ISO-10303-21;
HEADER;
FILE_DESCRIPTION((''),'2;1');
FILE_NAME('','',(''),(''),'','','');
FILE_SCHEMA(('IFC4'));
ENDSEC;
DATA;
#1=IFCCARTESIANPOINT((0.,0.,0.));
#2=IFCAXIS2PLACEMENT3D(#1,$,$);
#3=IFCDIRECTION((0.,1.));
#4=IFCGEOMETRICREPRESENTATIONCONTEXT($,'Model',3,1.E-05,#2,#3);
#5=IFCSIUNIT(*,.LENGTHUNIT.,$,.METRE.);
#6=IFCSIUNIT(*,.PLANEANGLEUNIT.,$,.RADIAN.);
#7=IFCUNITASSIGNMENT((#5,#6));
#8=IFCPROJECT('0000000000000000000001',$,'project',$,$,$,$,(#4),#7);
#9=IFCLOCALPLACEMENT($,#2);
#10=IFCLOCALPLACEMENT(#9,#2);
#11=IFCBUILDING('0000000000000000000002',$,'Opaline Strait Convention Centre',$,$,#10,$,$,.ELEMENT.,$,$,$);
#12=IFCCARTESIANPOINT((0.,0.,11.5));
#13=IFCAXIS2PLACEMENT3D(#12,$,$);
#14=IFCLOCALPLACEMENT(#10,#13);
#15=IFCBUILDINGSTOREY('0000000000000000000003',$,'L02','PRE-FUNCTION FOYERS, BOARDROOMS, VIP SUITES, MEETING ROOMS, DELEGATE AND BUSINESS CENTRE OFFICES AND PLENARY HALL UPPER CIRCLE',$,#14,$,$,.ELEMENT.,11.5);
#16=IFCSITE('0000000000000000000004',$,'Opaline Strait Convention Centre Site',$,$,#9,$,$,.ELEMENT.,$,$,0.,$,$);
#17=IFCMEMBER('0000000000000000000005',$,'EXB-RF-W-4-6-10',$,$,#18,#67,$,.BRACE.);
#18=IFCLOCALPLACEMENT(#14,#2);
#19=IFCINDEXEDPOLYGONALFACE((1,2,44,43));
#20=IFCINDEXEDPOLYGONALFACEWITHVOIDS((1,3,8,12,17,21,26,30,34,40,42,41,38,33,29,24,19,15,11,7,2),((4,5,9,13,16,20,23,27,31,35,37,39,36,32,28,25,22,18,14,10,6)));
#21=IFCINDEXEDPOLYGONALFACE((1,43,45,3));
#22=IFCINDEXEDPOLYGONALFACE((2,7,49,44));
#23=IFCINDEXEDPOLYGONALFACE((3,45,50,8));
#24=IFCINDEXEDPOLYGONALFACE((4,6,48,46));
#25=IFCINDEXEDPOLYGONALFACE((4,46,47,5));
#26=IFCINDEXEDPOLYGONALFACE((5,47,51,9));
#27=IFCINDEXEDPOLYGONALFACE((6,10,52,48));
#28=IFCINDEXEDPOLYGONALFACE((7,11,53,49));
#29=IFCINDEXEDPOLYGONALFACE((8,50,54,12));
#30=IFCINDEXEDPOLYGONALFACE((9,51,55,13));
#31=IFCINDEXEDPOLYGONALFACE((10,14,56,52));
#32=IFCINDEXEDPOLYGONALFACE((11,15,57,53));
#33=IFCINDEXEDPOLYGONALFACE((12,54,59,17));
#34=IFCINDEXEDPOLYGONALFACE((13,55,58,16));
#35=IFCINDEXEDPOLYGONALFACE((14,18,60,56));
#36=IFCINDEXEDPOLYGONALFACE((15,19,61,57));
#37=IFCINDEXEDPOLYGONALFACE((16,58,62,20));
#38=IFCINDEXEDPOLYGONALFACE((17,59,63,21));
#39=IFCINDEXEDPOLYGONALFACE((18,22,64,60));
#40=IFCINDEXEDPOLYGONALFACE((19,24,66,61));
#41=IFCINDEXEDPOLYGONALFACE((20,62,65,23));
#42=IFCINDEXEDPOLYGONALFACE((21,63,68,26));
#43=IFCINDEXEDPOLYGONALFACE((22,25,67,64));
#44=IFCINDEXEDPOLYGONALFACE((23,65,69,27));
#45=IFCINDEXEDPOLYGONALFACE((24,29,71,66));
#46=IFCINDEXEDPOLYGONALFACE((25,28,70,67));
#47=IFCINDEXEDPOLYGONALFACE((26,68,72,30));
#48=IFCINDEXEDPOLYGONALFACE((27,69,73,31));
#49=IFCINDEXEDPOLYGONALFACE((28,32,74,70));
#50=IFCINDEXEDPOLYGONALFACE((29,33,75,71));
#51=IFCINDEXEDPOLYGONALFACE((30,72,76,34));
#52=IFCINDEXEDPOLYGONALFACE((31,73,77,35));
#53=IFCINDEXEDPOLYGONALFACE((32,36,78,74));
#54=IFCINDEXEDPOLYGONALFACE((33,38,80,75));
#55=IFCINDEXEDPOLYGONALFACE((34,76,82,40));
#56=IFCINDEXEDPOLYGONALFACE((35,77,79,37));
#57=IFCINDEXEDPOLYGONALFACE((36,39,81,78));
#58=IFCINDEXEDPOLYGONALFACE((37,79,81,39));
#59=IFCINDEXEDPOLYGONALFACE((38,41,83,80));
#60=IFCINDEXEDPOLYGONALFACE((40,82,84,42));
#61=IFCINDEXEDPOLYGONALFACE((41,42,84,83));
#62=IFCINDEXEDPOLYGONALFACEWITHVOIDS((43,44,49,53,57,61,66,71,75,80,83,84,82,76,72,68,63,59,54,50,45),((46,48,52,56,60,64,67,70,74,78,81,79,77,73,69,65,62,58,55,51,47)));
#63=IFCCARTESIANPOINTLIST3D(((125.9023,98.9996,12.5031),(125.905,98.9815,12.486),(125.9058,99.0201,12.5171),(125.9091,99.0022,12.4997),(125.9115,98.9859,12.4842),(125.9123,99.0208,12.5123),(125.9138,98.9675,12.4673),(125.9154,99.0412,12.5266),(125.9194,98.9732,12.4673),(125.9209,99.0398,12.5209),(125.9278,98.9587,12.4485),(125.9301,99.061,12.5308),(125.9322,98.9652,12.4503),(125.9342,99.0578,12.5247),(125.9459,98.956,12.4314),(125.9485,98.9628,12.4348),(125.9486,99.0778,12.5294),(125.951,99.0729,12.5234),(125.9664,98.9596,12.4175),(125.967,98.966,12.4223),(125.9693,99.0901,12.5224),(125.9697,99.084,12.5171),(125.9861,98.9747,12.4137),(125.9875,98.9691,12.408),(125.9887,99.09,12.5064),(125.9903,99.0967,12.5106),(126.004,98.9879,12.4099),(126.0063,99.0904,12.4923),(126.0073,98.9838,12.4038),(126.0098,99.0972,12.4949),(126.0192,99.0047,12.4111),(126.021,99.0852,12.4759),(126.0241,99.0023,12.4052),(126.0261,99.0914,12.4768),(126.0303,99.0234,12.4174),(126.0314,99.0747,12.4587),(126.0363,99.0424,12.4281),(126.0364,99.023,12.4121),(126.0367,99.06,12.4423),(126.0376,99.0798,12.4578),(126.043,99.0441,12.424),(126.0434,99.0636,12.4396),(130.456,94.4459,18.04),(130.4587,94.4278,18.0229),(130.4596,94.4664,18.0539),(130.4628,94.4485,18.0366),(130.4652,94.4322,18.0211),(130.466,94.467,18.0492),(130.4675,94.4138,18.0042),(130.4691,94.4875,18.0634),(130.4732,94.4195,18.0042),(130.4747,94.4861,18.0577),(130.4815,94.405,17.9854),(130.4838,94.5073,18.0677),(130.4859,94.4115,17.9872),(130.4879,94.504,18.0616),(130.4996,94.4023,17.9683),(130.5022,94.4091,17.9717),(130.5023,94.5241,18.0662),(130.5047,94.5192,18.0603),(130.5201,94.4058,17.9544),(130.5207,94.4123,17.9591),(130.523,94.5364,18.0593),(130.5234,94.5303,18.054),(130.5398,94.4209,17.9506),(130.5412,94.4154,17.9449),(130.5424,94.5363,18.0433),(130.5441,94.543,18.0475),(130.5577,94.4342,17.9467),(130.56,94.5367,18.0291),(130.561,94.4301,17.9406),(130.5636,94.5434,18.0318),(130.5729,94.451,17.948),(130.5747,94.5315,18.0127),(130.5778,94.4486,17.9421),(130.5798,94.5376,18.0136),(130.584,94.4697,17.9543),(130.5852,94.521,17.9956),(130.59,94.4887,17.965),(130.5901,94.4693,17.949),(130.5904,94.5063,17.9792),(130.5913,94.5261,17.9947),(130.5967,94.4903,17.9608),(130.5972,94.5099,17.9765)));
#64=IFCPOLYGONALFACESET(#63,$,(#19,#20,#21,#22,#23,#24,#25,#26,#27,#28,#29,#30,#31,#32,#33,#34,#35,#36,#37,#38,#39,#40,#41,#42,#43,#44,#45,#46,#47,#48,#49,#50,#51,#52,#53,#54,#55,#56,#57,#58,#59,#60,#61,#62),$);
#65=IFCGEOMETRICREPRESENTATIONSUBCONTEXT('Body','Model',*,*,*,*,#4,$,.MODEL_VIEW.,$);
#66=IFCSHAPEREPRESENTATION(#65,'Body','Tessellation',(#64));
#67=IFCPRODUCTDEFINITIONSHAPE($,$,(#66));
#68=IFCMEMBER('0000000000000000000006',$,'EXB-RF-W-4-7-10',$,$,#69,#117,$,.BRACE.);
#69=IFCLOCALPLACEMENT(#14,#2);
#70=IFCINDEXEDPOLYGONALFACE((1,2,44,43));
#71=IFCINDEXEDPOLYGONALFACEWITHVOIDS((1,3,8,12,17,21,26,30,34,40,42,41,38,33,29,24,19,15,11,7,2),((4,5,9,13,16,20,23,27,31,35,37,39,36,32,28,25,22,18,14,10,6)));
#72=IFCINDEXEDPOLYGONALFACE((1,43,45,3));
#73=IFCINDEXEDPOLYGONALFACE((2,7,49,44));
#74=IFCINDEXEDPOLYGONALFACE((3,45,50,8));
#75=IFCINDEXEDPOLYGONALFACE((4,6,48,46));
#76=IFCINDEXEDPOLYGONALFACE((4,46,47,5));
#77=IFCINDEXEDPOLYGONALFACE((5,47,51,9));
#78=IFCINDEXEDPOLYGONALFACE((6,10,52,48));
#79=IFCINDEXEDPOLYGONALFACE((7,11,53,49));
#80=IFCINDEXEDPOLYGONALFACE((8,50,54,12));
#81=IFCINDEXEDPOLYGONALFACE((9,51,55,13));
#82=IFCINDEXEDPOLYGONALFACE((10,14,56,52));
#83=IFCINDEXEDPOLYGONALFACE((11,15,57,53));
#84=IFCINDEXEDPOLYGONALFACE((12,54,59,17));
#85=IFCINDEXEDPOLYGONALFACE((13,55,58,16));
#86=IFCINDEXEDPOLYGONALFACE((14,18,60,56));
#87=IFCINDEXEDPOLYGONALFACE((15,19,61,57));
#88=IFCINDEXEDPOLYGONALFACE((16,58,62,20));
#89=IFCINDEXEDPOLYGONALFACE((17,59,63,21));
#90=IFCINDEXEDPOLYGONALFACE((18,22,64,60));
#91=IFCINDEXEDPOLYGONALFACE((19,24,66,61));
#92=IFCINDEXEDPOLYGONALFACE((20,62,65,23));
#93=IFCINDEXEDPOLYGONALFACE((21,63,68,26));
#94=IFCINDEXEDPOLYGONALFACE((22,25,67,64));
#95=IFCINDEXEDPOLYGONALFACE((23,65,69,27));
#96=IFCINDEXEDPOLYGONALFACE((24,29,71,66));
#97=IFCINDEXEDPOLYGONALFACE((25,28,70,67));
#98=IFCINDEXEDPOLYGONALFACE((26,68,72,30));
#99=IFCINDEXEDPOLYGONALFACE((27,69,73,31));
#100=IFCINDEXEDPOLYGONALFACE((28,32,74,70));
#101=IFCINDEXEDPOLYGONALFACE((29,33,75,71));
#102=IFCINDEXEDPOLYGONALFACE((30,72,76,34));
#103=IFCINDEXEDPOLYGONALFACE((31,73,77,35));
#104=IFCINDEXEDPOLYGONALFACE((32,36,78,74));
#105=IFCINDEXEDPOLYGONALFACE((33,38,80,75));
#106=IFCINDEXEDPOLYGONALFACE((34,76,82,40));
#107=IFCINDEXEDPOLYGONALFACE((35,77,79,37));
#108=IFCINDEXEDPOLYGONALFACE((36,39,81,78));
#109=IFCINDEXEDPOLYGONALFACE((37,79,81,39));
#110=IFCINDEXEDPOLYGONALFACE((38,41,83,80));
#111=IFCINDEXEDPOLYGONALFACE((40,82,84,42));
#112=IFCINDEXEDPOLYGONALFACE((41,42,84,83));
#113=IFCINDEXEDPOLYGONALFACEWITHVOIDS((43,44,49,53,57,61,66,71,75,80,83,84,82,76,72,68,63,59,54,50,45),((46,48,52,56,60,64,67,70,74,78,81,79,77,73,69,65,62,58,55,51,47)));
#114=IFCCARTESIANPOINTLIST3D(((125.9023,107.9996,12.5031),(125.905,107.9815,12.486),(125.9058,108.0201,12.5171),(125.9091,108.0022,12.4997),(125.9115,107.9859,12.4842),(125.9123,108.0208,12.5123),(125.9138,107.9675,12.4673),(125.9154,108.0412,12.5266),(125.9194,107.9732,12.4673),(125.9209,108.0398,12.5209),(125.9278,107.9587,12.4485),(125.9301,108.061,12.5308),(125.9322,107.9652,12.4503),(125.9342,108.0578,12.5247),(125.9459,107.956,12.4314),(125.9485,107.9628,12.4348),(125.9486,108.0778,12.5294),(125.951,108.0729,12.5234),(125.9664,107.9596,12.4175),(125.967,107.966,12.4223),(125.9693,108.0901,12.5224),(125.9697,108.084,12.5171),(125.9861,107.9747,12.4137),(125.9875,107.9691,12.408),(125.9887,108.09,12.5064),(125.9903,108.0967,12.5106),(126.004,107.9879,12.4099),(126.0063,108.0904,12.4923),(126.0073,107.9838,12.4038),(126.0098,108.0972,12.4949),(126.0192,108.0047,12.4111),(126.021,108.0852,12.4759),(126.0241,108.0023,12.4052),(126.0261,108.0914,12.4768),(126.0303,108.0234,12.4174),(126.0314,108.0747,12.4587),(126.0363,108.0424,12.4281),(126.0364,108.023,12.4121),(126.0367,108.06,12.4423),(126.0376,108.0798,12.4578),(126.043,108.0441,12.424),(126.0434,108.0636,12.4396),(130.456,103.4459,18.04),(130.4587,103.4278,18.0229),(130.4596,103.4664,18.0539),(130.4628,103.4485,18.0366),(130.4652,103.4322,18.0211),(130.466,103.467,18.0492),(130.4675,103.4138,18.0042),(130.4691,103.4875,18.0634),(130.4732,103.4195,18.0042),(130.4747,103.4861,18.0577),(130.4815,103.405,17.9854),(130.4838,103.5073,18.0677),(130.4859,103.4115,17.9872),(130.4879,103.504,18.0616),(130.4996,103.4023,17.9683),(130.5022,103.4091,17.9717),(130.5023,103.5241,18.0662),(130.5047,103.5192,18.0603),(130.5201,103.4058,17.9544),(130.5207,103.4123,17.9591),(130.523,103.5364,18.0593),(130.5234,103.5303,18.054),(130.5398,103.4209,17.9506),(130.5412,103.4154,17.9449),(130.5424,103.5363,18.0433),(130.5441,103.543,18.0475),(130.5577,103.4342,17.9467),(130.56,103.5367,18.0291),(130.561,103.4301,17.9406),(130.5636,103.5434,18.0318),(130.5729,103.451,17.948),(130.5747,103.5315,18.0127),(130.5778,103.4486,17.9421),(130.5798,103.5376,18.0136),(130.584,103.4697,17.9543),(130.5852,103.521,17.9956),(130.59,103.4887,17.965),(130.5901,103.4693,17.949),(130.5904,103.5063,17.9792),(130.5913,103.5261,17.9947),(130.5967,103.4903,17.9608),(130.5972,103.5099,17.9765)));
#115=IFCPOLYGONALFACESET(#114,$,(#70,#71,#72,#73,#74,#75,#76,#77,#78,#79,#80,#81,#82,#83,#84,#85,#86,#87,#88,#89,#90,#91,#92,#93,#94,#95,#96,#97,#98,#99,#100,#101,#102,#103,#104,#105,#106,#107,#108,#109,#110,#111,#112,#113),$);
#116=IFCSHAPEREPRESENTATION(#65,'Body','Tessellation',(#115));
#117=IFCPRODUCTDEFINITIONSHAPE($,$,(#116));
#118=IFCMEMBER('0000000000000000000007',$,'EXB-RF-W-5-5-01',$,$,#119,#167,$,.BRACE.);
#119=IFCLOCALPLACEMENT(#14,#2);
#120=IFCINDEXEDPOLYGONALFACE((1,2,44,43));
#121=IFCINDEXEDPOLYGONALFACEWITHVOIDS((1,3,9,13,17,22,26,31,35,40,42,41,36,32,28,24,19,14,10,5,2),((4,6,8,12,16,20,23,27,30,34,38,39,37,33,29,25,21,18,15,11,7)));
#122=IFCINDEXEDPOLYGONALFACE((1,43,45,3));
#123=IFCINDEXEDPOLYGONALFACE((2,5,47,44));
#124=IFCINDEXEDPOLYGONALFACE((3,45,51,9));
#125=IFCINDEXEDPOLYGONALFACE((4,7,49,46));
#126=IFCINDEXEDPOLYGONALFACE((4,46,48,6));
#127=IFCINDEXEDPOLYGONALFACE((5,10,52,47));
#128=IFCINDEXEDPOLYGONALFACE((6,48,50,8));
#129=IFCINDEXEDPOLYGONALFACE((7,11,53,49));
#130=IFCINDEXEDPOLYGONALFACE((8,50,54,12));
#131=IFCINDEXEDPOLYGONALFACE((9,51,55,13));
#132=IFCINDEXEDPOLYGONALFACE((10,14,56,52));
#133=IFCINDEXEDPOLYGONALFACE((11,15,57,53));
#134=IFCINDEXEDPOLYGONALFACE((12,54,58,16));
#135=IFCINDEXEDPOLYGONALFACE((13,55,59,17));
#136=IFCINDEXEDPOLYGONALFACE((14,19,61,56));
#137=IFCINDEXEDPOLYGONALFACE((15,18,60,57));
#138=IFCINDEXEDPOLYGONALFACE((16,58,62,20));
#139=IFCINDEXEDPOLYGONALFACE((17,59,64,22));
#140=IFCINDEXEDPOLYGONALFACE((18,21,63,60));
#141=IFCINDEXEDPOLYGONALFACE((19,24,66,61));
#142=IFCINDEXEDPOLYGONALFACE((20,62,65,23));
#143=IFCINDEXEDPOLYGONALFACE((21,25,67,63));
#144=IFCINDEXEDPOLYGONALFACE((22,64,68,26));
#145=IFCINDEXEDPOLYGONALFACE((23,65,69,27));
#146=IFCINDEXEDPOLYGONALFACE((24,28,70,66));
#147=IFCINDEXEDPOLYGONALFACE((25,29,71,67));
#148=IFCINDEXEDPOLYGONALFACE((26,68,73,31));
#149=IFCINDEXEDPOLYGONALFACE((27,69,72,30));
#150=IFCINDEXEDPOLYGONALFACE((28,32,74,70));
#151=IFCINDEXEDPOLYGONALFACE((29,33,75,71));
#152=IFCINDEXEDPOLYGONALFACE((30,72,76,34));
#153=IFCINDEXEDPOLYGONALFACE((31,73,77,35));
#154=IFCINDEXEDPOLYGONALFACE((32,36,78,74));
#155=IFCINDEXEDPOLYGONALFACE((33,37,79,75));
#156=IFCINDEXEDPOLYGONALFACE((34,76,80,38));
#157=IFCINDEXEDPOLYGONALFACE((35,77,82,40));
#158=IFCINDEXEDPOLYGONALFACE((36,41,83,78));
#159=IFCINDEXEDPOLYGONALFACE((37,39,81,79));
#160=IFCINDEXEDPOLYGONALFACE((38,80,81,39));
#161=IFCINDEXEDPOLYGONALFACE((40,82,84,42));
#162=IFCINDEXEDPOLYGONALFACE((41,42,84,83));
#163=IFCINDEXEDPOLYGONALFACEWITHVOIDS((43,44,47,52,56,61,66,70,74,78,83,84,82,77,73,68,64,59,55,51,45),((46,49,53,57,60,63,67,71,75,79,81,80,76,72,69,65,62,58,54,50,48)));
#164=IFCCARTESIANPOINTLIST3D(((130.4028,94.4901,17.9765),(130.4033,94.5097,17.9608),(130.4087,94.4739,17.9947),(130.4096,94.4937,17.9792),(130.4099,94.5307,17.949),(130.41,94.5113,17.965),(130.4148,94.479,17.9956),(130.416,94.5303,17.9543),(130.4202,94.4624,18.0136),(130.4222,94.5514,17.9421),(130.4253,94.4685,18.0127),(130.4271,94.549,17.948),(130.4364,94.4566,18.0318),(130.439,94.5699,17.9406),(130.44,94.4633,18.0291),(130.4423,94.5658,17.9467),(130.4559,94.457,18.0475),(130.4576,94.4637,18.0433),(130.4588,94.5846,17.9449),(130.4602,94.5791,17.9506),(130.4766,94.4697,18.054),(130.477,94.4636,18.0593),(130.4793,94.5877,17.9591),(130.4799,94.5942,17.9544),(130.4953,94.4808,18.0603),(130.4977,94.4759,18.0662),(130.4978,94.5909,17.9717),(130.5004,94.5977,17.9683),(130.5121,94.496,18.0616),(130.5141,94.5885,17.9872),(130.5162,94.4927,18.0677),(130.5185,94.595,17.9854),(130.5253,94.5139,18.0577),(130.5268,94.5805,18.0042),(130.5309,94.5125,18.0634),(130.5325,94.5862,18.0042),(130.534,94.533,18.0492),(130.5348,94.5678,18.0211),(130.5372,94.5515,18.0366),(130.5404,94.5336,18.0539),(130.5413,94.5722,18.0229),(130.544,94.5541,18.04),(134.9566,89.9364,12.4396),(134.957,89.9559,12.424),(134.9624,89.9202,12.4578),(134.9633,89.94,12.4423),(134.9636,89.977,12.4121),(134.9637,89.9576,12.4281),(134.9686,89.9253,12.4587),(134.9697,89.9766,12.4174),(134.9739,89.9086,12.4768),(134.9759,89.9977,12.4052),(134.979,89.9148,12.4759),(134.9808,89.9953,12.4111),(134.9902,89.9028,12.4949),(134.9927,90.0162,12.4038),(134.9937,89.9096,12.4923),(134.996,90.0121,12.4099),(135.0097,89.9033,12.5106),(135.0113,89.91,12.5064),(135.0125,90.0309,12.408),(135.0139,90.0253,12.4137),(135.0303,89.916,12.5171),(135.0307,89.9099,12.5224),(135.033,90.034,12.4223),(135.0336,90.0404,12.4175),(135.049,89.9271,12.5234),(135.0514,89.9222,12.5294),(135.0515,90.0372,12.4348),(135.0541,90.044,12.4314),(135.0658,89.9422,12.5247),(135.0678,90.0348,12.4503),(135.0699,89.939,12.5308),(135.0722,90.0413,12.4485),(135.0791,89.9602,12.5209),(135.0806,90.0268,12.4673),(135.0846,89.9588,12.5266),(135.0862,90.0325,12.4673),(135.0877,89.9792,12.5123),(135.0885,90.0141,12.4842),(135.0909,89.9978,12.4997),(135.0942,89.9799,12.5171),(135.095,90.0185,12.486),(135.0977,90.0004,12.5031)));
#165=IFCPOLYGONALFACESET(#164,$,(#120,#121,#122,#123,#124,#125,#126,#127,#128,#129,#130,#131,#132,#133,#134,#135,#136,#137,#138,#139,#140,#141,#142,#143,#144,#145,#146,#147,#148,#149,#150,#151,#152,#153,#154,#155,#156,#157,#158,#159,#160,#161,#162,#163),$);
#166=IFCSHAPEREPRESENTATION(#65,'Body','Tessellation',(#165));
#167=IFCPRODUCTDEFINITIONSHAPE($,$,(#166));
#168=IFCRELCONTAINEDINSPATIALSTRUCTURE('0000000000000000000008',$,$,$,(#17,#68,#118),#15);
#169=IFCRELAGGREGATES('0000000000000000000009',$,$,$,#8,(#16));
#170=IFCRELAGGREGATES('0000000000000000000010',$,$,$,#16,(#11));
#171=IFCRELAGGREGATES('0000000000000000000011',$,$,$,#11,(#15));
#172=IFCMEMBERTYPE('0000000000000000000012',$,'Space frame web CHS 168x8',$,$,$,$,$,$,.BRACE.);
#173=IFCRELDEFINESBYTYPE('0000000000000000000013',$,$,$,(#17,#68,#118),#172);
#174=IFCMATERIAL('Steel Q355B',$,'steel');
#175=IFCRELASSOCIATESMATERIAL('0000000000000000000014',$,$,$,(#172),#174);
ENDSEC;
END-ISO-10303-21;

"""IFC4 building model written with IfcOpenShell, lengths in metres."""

from ifc_helpers import new_model, si_unit, direction, frame, origin, origin_2d, place, context, subcontext, project, spatial, hollow_circle, extrude, material, material_profile, profile_set, type_object, element, save


model = new_model("IFC4")

# Units and contexts
model_context = context("Model", 3, precision=1e-05, world=origin(), true_north=direction((0.0, 1.0)))
body_context = subcontext(model_context, "Body", "Model", "MODEL_VIEW")
ifc_project = project(units=[si_unit("LENGTHUNIT", "METRE"), si_unit("PLANEANGLEUNIT", "RADIAN")], contexts=[model_context])

# Site, building, storey
site_placement = place(None, origin())
site = spatial("IfcSite", under=ifc_project, at=site_placement, Name="Opaline Strait Convention Centre Site", CompositionType="ELEMENT", RefElevation=0.0)
building_placement = place(site_placement, origin())
building = spatial("IfcBuilding", under=site, at=building_placement, Name="Opaline Strait Convention Centre", CompositionType="ELEMENT")
storey_placement = place(building_placement, frame((0.0, 0.0, 11.5)))
storey = spatial("IfcBuildingStorey", under=building, at=storey_placement, Name="L02", Description="PRE-FUNCTION FOYERS, BOARDROOMS, VIP SUITES, MEETING ROOMS, DELEGATE AND BUSINESS CENTRE OFFICES AND PLENARY HALL UPPER CIRCLE", CompositionType="ELEMENT", Elevation=11.5)

# Members
ifc_material = material(Name="Steel Q355B", Category="steel")
ifc_material_profile_1 = material_profile(ifc_material, hollow_circle(Radius=0.084, WallThickness=0.0081, at=origin_2d()), Name="CHS 168x8")
ifc_profile_set_1 = profile_set([ifc_material_profile_1], Name="Steel Q355B")
member_type_1 = type_object("IfcMemberType", Name="Space frame web CHS 168x8", PredefinedType="BRACE", material=ifc_profile_set_1)
for number, where, z_axis, x_axis, name in (
    (1, (130.5269, 94.4731, 18.0042), (-0.536178, 0.536178, -0.65194), (-0.707107, -0.707107, 0.0), "EXB-RF-W-4-6-10"),
    (2, (130.5269, 103.4731, 18.0042), (-0.536178, 0.536178, -0.65194), (-0.707107, -0.707107, 0.0), "EXB-RF-W-4-7-10"),
    (3, (130.4731, 94.5269, 18.0042), (0.536178, -0.536178, -0.65194), (0.707107, 0.707107, 0.0), "EXB-RF-W-5-5-01"),
):
    element("IfcMember", number, at=place(storey_placement, frame(where, z_axis=z_axis, x_axis=x_axis)), inside=storey, type_object=member_type_1, Name=name, PredefinedType="BRACE", context=body_context, shape_type="SweptSolid", body=[
        extrude(hollow_circle(Radius=0.084, WallThickness=0.0081, at=origin_2d()), origin(), (0.0, 0.0, 1.0), 8.4929),
    ])

save(model, "model.ifc")
